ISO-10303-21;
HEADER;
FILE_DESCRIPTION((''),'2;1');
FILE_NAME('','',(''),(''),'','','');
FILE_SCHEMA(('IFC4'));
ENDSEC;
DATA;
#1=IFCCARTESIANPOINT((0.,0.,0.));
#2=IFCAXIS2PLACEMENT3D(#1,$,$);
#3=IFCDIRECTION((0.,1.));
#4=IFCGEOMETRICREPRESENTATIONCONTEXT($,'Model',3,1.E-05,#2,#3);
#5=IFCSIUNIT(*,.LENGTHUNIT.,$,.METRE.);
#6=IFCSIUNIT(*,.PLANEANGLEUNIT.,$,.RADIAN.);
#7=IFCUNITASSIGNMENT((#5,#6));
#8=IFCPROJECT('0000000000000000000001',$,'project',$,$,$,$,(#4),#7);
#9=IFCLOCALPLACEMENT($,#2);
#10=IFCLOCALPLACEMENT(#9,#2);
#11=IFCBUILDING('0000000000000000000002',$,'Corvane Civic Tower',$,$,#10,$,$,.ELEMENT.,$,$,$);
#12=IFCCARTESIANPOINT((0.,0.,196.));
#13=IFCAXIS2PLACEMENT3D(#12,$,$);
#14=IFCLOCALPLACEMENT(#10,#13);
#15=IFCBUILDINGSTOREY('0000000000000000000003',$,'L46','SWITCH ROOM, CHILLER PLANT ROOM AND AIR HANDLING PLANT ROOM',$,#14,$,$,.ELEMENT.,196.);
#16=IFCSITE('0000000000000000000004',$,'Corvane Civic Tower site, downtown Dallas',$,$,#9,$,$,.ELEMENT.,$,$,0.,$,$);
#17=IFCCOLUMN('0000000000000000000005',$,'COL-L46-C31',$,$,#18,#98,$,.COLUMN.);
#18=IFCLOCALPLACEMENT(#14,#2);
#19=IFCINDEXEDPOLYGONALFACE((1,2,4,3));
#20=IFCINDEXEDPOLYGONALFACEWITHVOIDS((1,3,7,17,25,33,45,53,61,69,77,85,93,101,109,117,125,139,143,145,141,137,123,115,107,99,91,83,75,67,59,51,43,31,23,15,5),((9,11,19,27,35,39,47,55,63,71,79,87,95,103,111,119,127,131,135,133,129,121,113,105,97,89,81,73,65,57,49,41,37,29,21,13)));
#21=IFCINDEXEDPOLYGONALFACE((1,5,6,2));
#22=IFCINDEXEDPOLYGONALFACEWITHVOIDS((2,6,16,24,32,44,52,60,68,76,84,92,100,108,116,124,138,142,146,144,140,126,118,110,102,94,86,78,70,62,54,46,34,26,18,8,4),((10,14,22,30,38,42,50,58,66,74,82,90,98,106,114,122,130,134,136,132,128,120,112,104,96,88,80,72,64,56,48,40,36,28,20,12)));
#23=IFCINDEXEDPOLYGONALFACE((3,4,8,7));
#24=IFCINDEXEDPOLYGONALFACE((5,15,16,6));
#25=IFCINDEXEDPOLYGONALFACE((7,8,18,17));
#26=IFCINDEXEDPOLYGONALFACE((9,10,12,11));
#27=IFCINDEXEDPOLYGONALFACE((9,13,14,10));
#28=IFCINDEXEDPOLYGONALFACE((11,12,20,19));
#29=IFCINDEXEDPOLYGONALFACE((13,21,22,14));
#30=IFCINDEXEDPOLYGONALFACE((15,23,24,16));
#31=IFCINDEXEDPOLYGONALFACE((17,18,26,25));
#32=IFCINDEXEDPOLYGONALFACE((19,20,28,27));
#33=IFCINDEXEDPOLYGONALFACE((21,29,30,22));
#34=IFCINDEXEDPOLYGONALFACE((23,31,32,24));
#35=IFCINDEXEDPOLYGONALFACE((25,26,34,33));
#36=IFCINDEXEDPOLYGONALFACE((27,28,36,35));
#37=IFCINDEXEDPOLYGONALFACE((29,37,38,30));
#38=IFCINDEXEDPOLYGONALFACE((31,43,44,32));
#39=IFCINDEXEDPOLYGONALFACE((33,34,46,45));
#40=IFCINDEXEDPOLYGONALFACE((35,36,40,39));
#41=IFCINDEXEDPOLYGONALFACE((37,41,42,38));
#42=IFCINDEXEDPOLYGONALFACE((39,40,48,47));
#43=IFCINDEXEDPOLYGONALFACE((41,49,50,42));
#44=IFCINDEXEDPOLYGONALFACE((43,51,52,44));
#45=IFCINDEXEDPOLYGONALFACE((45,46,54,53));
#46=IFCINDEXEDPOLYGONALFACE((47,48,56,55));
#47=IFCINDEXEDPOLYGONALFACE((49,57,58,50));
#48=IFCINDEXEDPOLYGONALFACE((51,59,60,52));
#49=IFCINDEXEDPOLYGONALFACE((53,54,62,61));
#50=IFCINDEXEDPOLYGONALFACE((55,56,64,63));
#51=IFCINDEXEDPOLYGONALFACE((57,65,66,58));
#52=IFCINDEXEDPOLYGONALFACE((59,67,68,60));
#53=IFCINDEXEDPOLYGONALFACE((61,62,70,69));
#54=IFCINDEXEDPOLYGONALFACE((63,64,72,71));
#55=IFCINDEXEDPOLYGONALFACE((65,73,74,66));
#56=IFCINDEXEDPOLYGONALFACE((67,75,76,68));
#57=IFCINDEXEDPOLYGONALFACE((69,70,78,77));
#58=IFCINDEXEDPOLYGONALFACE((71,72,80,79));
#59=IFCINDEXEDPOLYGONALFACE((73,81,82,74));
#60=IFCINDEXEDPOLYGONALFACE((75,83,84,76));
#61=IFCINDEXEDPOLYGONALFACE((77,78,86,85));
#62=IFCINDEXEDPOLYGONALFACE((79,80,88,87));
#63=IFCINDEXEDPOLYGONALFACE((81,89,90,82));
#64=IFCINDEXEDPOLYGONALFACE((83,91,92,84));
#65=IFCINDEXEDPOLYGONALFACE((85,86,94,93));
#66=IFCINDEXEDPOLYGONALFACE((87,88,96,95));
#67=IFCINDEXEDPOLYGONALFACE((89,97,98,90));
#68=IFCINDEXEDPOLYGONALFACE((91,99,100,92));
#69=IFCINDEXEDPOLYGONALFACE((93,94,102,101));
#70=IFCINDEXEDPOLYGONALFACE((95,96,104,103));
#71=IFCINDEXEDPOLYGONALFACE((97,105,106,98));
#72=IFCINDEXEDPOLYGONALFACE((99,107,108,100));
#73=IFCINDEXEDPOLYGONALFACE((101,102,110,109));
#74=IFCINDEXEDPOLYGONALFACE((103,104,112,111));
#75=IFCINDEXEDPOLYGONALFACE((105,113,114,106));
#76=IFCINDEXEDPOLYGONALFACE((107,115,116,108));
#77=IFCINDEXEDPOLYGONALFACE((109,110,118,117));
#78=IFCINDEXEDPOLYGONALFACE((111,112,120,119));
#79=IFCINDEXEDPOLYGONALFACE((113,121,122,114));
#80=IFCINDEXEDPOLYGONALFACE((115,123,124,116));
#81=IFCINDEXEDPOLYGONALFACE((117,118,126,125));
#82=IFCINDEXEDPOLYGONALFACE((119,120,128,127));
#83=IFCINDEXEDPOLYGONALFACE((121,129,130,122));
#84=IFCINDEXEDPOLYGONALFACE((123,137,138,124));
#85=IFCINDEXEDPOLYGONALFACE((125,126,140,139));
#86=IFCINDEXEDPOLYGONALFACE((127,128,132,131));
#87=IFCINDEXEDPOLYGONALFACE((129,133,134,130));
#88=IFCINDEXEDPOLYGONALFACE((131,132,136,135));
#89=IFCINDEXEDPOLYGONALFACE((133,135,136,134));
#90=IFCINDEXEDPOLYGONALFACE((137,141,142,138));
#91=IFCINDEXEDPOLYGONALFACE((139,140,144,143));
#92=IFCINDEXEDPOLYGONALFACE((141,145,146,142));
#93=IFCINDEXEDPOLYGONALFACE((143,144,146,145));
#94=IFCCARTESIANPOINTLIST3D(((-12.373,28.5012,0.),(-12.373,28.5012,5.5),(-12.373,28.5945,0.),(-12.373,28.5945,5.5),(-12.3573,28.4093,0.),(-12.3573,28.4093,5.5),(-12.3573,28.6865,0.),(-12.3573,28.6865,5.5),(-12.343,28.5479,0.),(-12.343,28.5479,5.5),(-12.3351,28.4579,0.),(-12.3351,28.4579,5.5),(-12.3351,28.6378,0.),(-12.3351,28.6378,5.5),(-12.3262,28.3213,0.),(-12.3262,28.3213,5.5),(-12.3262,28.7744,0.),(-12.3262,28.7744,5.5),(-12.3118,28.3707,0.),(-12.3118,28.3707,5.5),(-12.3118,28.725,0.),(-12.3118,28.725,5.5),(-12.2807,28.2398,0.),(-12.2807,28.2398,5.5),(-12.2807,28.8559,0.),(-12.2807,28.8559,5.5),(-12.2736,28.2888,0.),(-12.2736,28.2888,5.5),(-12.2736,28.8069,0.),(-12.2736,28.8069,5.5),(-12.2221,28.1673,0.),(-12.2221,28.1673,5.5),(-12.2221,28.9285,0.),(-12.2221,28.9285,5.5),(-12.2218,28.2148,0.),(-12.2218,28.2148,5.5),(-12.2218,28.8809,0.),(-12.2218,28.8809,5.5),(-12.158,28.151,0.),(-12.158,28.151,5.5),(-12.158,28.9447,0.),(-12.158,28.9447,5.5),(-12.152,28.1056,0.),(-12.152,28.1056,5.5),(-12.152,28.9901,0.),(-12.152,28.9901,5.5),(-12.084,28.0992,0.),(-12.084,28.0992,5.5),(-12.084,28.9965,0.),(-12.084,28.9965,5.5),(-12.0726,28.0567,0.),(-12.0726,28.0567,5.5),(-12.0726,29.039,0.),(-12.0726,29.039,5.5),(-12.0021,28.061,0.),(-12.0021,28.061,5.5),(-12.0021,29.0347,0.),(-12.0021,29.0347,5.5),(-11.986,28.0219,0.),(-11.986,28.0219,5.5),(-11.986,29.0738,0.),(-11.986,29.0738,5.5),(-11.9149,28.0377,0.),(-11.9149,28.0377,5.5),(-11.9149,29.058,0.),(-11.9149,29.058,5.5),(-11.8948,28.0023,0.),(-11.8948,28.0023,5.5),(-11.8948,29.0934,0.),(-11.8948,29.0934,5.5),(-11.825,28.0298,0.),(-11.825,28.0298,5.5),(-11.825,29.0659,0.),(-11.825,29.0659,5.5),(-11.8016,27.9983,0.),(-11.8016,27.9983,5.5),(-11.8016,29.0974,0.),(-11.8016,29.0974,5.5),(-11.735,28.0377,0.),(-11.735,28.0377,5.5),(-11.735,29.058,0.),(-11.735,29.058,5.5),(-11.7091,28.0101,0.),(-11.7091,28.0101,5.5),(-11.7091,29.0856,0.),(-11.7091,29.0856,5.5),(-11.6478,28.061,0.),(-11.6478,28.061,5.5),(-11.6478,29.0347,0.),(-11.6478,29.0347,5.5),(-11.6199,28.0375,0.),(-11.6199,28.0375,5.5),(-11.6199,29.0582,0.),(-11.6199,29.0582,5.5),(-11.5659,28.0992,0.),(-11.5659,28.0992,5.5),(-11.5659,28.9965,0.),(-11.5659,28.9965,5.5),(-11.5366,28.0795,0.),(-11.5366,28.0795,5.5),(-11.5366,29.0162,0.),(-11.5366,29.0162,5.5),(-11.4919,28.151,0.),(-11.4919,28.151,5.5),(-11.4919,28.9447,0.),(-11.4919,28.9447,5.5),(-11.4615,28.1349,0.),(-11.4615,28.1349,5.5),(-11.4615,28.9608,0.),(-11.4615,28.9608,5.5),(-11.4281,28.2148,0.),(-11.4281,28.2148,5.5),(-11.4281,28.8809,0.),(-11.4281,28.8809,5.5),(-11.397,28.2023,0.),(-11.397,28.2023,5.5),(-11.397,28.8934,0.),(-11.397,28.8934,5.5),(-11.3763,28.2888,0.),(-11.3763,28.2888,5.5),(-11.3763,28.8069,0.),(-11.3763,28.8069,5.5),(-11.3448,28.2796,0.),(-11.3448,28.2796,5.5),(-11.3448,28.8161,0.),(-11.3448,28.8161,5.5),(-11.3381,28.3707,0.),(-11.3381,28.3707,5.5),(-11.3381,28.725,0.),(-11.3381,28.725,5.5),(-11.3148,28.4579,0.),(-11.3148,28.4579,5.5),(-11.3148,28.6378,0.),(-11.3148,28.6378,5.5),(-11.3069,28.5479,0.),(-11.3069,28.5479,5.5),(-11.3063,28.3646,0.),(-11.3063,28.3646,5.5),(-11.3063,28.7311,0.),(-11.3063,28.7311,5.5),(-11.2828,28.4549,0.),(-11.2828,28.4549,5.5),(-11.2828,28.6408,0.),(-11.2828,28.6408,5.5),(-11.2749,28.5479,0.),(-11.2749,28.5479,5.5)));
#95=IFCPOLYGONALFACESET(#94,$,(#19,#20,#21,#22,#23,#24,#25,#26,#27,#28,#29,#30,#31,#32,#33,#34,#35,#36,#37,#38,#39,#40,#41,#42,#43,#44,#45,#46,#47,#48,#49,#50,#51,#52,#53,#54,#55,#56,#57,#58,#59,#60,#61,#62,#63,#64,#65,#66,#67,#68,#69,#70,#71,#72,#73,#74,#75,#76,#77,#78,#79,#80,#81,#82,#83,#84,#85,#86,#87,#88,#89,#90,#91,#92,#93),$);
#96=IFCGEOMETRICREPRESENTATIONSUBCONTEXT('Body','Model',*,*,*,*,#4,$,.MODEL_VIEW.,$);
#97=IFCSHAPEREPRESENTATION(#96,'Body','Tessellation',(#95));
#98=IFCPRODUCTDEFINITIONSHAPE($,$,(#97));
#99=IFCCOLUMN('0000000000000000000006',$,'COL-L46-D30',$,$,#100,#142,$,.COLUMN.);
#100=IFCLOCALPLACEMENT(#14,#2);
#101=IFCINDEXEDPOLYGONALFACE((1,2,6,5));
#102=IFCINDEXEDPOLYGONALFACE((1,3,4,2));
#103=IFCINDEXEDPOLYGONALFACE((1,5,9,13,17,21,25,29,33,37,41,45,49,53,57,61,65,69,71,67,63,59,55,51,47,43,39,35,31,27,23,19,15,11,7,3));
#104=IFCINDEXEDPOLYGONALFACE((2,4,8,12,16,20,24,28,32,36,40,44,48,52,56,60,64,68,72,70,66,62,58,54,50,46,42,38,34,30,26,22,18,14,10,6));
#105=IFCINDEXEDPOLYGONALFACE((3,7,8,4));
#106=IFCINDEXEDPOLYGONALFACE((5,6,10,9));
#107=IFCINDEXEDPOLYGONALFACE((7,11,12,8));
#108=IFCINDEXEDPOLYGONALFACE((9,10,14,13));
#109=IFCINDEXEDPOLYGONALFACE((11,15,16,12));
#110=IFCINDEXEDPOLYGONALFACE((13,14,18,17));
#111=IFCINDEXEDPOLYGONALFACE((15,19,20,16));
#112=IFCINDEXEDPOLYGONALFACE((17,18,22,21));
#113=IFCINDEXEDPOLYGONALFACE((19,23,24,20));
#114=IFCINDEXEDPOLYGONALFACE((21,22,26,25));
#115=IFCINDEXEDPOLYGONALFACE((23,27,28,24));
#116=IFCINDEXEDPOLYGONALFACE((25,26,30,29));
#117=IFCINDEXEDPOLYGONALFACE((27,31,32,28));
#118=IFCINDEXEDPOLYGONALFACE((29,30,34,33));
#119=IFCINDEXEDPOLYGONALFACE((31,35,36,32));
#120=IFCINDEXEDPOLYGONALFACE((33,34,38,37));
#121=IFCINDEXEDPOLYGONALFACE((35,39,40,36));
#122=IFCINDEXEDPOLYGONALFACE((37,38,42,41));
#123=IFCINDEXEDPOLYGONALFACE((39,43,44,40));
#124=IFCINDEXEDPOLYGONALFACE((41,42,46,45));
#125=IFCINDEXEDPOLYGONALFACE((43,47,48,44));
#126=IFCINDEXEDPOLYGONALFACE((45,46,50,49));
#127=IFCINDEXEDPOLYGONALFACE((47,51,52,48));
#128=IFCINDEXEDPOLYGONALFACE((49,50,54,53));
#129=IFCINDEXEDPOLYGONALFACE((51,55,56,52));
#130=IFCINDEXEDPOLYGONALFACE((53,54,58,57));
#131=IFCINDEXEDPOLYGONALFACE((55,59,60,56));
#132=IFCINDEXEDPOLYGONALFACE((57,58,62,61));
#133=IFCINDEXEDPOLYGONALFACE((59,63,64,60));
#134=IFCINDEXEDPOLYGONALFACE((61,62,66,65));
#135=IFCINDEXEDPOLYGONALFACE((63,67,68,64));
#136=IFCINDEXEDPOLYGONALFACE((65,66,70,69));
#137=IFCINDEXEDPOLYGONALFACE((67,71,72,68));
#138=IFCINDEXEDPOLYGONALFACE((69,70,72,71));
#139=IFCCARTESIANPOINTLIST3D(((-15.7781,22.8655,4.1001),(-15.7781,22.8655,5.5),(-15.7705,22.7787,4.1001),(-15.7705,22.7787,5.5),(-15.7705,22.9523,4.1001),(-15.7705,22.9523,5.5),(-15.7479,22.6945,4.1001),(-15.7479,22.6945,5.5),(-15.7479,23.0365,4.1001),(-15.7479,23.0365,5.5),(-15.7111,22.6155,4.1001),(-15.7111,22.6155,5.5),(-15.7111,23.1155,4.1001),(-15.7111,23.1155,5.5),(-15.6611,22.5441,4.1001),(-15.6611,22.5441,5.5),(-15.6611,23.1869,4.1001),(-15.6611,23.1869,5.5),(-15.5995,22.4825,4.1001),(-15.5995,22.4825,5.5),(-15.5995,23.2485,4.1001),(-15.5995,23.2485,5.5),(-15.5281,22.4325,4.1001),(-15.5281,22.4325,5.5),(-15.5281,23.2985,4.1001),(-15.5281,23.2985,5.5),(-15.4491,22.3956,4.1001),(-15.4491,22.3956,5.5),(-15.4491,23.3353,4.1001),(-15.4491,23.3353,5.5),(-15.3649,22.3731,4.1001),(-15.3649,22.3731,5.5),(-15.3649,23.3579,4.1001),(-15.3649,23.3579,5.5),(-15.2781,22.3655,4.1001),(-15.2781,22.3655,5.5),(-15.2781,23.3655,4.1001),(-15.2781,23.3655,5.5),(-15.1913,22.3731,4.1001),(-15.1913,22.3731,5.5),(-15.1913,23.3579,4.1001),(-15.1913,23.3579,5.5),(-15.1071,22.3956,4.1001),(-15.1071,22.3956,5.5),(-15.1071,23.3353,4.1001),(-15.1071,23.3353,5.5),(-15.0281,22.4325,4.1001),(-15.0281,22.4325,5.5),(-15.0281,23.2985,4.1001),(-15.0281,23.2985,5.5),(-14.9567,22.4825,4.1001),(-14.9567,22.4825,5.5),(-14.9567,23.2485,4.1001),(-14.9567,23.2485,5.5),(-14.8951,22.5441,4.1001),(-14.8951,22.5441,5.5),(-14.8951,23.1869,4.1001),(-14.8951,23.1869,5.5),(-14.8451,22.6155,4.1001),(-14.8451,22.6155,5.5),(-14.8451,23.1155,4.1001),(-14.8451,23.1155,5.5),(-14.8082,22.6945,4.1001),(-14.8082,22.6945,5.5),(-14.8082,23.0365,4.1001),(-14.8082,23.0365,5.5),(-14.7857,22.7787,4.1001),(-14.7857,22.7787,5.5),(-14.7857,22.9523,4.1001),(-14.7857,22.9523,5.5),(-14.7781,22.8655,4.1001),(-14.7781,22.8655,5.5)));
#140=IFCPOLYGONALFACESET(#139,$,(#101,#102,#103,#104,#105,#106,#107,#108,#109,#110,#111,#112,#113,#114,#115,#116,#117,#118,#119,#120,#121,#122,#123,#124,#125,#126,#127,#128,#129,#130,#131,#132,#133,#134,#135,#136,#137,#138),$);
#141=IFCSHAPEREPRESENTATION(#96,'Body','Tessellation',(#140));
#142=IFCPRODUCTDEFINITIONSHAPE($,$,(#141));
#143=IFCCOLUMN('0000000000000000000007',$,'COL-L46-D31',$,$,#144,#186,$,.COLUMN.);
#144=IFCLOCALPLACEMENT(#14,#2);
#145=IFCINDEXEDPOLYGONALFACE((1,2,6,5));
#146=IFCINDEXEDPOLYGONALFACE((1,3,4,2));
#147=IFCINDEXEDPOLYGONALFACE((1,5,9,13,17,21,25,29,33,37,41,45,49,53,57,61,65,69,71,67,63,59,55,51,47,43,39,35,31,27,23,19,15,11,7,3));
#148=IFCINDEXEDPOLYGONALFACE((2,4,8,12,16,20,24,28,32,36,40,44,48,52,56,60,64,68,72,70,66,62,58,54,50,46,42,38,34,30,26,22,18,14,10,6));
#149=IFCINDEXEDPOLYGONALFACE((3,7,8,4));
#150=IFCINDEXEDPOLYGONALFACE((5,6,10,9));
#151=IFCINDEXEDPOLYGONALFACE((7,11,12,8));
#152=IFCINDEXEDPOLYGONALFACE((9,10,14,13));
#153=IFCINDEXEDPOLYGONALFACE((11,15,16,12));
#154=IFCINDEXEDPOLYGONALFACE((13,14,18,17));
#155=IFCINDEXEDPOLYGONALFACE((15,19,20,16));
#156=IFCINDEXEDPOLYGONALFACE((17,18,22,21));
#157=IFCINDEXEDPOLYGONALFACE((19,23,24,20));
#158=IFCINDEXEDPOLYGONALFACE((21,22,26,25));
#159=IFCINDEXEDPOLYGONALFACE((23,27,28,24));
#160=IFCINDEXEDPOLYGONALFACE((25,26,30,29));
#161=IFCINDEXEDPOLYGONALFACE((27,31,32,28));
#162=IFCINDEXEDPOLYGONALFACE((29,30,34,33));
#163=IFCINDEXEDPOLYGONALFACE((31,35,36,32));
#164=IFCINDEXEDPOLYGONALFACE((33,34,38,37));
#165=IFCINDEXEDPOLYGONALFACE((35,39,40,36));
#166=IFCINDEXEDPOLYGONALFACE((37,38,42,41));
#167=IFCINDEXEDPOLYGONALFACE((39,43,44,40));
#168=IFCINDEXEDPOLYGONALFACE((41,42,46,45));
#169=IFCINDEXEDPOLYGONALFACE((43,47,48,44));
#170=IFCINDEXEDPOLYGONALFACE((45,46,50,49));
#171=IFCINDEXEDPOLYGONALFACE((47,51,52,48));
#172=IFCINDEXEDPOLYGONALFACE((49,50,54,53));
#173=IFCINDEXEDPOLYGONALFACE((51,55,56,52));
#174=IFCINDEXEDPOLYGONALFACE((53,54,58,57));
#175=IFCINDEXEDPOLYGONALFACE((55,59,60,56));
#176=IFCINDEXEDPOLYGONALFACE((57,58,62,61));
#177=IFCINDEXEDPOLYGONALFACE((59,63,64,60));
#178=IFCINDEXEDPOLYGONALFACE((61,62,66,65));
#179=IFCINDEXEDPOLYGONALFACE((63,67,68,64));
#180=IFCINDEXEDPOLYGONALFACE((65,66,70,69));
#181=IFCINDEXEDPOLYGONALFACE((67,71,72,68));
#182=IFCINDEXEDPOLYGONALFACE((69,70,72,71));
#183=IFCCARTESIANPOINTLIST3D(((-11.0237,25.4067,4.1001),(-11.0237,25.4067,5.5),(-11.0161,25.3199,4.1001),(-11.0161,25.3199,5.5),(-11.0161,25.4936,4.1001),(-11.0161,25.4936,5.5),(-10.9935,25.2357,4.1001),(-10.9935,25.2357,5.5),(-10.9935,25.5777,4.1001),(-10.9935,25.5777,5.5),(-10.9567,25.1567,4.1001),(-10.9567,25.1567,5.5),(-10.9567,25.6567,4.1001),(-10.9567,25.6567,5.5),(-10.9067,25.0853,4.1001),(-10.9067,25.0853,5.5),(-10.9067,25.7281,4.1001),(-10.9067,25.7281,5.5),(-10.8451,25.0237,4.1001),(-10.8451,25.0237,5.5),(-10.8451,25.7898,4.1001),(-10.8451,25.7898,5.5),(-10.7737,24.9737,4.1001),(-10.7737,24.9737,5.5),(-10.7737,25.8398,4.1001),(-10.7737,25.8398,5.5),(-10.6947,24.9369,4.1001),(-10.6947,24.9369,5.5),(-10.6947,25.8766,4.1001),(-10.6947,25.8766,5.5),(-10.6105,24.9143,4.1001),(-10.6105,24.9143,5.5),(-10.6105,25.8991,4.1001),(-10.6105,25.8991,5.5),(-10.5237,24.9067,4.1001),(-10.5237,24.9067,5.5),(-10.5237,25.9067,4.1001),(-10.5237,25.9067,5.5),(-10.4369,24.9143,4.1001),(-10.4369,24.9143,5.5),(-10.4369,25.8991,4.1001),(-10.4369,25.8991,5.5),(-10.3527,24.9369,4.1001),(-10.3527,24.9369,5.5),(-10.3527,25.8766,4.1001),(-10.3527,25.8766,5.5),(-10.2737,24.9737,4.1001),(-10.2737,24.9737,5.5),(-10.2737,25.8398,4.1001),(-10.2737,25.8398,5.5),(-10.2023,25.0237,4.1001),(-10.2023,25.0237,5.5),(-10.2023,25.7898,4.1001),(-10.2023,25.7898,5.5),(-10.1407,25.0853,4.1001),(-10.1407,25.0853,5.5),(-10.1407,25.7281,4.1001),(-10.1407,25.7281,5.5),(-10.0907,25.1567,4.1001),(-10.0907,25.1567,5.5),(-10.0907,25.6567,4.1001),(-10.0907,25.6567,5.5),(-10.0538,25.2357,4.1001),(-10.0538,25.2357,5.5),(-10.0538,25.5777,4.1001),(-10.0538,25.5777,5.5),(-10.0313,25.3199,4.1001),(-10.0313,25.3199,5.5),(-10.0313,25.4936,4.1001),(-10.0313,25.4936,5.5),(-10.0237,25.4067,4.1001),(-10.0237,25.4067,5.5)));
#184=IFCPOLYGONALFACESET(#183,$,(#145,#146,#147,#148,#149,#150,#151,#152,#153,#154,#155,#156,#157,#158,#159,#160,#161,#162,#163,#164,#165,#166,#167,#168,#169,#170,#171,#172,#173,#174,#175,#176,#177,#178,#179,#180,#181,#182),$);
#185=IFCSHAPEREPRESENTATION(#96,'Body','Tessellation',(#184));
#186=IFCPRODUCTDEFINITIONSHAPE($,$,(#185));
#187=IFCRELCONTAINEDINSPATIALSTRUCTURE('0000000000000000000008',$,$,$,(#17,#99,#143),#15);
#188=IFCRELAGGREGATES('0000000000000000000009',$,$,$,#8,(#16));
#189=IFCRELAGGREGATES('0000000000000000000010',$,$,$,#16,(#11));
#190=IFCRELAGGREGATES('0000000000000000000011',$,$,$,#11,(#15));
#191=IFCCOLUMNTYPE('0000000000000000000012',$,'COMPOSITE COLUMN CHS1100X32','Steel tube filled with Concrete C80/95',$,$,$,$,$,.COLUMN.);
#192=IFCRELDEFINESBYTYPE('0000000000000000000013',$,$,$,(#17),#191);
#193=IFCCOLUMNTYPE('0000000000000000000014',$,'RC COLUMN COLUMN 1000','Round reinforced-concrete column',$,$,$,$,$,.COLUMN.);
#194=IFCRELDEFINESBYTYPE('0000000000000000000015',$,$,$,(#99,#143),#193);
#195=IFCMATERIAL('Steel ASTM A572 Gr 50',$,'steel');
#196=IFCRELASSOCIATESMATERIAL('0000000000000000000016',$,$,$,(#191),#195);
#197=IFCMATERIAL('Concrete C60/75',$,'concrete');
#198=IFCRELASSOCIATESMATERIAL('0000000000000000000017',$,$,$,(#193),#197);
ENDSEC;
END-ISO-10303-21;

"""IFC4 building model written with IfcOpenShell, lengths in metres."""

from ifc_helpers import new_model, si_unit, direction, frame, origin, origin_2d, place, context, subcontext, project, spatial, circle, hollow_circle, extrude, material, material_profile, profile_set, type_object, element, save


model = new_model("IFC4")

# Units and contexts
model_context = context("Model", 3, precision=1e-05, world=origin(), true_north=direction((0.0, 1.0)))
body_context = subcontext(model_context, "Body", "Model", "MODEL_VIEW")
ifc_project = project(units=[si_unit("LENGTHUNIT", "METRE"), si_unit("PLANEANGLEUNIT", "RADIAN")], contexts=[model_context])

# Site, building, storey
site_placement = place(None, origin())
site = spatial("IfcSite", under=ifc_project, at=site_placement, Name="Corvane Civic Tower site, downtown Dallas", CompositionType="ELEMENT", RefElevation=0.0)
building_placement = place(site_placement, origin())
building = spatial("IfcBuilding", under=site, at=building_placement, Name="Corvane Civic Tower", CompositionType="ELEMENT")
storey_placement = place(building_placement, frame((0.0, 0.0, 196.0)))
storey = spatial("IfcBuildingStorey", under=building, at=storey_placement, Name="L46", Description="SWITCH ROOM, CHILLER PLANT ROOM AND AIR HANDLING PLANT ROOM", CompositionType="ELEMENT", Elevation=196.0)

# Columns
ifc_material_1 = material(Name="Steel ASTM A572 Gr 50", Category="steel")
ifc_material_profile_1 = material_profile(ifc_material_1, hollow_circle(Radius=0.55, WallThickness=0.032, at=origin_2d()), Name="CHS1100X32")
ifc_profile_set_1 = profile_set([ifc_material_profile_1], Name="Steel ASTM A572 Gr 50")
column_type_1 = type_object("IfcColumnType", Name="COMPOSITE COLUMN CHS1100X32", Description="Steel tube filled with Concrete C80/95", PredefinedType="COLUMN", material=ifc_profile_set_1)
column_placement = place(storey_placement, frame((-11.825, 28.5479, 0.0), z_axis=(0.0, 0.0, 1.0), x_axis=(1.0, 0.0, 0.0)))
element("IfcColumn", 1, at=column_placement, inside=storey, type_object=column_type_1, Name="COL-L46-C31", PredefinedType="COLUMN", context=body_context, shape_type="SweptSolid", body=[
    extrude(hollow_circle(Radius=0.55, WallThickness=0.032, at=origin_2d()), origin(), (0.0, 0.0, 1.0), 5.5),
])
ifc_material_2 = material(Name="Concrete C60/75", Category="concrete")
ifc_material_profile_2 = material_profile(ifc_material_2, circle(Radius=0.5, at=origin_2d()), Name="COLUMN 1000")
ifc_profile_set_2 = profile_set([ifc_material_profile_2], Name="Concrete C60/75")
column_type_2 = type_object("IfcColumnType", Name="RC COLUMN COLUMN 1000", Description="Round reinforced-concrete column", PredefinedType="COLUMN", material=ifc_profile_set_2)
for number, where, z_axis, x_axis, name in (
    (2, (-15.2781, 22.8655, 4.1001), (0.0, 0.0, 1.0), (1.0, 0.0, 0.0), "COL-L46-D30"),
    (3, (-10.5237, 25.4067, 4.1001), (0.0, 0.0, 1.0), (1.0, 0.0, 0.0), "COL-L46-D31"),
):
    element("IfcColumn", number, at=place(storey_placement, frame(where, z_axis=z_axis, x_axis=x_axis)), inside=storey, type_object=column_type_2, Name=name, PredefinedType="COLUMN", context=body_context, shape_type="SweptSolid", body=[
        extrude(circle(Radius=0.5, at=origin_2d()), origin(), (0.0, 0.0, 1.0), 1.3999),
    ])

save(model, "model.ifc")
